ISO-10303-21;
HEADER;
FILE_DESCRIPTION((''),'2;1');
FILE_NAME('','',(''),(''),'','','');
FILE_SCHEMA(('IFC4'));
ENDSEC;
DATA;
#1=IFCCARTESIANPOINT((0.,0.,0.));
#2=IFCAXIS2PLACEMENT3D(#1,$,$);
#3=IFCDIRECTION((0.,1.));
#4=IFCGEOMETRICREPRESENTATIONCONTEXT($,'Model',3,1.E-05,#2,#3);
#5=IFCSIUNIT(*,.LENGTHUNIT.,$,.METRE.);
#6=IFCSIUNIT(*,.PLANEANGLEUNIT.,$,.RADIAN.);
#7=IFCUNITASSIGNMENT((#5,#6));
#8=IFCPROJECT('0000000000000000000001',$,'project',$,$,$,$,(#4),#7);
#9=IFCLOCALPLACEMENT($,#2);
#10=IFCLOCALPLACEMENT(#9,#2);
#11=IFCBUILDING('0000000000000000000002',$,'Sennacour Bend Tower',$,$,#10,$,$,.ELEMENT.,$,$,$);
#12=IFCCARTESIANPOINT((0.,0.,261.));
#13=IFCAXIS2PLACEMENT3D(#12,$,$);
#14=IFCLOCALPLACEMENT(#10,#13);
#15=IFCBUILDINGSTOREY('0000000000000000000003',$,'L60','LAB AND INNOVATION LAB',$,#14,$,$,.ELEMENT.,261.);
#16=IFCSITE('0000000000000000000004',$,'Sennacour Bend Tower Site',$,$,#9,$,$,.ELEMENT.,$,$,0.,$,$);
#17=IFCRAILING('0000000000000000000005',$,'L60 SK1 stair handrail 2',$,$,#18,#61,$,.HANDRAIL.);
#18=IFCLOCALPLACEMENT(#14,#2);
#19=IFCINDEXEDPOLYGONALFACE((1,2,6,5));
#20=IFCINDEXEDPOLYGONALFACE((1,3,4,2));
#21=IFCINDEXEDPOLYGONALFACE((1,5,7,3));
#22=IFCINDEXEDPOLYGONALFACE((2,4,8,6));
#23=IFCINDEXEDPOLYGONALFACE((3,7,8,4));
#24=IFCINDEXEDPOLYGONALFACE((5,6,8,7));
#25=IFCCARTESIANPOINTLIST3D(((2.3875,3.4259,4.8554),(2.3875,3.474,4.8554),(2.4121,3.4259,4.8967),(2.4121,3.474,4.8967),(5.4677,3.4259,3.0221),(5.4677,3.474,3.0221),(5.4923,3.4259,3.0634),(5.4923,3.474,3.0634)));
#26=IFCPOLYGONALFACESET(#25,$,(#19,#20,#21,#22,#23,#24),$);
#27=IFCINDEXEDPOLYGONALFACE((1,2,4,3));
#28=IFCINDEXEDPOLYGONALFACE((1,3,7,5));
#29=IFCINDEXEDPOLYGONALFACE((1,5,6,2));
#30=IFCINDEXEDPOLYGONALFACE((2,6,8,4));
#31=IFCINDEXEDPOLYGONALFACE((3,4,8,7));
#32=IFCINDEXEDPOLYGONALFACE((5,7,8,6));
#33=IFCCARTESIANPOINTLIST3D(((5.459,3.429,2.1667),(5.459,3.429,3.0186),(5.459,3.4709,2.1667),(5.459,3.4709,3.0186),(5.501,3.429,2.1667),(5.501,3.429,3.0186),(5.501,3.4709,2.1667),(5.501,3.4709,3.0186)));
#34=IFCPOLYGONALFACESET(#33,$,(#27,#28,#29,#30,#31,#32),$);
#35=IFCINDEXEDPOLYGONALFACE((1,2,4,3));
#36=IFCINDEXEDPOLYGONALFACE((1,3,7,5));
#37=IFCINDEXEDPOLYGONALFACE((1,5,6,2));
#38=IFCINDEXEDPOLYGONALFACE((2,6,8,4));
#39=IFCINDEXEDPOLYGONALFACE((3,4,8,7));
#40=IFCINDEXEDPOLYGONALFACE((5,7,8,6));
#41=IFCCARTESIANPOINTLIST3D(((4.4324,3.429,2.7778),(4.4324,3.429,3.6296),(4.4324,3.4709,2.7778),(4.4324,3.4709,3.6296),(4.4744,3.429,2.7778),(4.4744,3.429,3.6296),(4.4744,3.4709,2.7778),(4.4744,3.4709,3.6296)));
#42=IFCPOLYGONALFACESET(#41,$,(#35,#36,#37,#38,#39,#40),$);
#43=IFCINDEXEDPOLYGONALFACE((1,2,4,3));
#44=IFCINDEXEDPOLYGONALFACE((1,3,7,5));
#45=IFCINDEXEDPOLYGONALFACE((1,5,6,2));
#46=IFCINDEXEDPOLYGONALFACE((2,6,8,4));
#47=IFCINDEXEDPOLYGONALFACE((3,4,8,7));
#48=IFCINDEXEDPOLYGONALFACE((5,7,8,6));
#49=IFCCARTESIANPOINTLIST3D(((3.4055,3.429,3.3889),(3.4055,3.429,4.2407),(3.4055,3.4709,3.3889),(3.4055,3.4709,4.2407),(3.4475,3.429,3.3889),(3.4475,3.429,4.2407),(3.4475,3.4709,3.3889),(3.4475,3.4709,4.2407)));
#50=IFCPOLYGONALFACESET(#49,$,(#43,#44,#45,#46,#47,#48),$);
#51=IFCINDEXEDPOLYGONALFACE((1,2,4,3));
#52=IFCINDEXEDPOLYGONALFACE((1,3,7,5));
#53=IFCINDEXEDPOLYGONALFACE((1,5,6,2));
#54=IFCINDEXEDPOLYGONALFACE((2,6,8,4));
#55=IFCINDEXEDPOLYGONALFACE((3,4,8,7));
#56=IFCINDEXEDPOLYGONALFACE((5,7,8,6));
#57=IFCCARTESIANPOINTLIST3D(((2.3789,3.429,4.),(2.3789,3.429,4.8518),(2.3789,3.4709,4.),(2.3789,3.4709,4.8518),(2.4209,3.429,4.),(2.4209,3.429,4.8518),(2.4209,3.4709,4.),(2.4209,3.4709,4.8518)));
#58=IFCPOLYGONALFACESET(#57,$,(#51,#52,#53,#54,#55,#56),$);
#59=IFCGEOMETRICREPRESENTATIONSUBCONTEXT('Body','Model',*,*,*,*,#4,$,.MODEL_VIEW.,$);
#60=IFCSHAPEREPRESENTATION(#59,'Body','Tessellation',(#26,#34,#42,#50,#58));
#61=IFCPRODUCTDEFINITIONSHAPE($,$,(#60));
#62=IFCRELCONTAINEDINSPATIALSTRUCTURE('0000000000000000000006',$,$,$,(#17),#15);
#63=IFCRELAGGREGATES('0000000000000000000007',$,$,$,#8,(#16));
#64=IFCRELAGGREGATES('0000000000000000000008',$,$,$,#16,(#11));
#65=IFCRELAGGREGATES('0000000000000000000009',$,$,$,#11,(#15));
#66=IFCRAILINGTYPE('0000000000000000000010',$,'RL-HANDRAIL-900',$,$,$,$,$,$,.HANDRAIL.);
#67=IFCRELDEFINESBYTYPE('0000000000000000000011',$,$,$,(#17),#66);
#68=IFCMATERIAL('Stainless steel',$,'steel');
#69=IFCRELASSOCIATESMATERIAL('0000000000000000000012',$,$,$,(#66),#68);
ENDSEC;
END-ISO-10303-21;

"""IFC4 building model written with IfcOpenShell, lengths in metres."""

from ifc_helpers import new_model, si_unit, direction, frame, origin, origin_2d, place, context, subcontext, project, spatial, rectangle, extrude, material, type_object, element, save


model = new_model("IFC4")

# Units and contexts
model_context = context("Model", 3, precision=1e-05, world=origin(), true_north=direction((0.0, 1.0)))
body_context = subcontext(model_context, "Body", "Model", "MODEL_VIEW")
ifc_project = project(units=[si_unit("LENGTHUNIT", "METRE"), si_unit("PLANEANGLEUNIT", "RADIAN")], contexts=[model_context])

# Site, building, storey
site_placement = place(None, origin())
site = spatial("IfcSite", under=ifc_project, at=site_placement, Name="Sennacour Bend Tower Site", CompositionType="ELEMENT", RefElevation=0.0)
building_placement = place(site_placement, origin())
building = spatial("IfcBuilding", under=site, at=building_placement, Name="Sennacour Bend Tower", CompositionType="ELEMENT")
storey_placement = place(building_placement, frame((0.0, 0.0, 261.0)))
storey = spatial("IfcBuildingStorey", under=building, at=storey_placement, Name="L60", Description="LAB AND INNOVATION LAB", CompositionType="ELEMENT", Elevation=261.0)

# Railing
ifc_material_1 = material(Name="Stainless steel", Category="steel")
railing_type = type_object("IfcRailingType", Name="RL-HANDRAIL-900", PredefinedType="HANDRAIL", material=ifc_material_1)
railing_placement = place(storey_placement, frame((5.48, 3.45, 2.1667)))
element("IfcRailing", 1, at=railing_placement, inside=storey, type_object=railing_type, Name="L60 SK1 stair handrail 2", PredefinedType="HANDRAIL", context=body_context, shape_type="SweptSolid", body=[
    extrude(rectangle(XDim=0.0481, YDim=0.0481, at=origin_2d()), frame((0.0, 0.0, 0.876), z_axis=(-0.859309, 0.0, 0.511458), x_axis=(0.0, -1.0, 0.0)), (0.0, 0.0, 1.0), 3.5845),
    extrude(rectangle(XDim=0.042, YDim=0.042, at=origin_2d()), origin(), (0.0, 0.0, 1.0), 0.8518),
    extrude(rectangle(XDim=0.042, YDim=0.042, at=origin_2d()), frame((-1.0266, 0.0, 0.6111)), (0.0, 0.0, 1.0), 0.8518),
    extrude(rectangle(XDim=0.042, YDim=0.042, at=origin_2d()), frame((-2.0535, 0.0, 1.2222)), (0.0, 0.0, 1.0), 0.8518),
    extrude(rectangle(XDim=0.042, YDim=0.042, at=origin_2d()), frame((-3.0801, 0.0, 1.8333)), (0.0, 0.0, 1.0), 0.8518),
])

save(model, "model.ifc")
